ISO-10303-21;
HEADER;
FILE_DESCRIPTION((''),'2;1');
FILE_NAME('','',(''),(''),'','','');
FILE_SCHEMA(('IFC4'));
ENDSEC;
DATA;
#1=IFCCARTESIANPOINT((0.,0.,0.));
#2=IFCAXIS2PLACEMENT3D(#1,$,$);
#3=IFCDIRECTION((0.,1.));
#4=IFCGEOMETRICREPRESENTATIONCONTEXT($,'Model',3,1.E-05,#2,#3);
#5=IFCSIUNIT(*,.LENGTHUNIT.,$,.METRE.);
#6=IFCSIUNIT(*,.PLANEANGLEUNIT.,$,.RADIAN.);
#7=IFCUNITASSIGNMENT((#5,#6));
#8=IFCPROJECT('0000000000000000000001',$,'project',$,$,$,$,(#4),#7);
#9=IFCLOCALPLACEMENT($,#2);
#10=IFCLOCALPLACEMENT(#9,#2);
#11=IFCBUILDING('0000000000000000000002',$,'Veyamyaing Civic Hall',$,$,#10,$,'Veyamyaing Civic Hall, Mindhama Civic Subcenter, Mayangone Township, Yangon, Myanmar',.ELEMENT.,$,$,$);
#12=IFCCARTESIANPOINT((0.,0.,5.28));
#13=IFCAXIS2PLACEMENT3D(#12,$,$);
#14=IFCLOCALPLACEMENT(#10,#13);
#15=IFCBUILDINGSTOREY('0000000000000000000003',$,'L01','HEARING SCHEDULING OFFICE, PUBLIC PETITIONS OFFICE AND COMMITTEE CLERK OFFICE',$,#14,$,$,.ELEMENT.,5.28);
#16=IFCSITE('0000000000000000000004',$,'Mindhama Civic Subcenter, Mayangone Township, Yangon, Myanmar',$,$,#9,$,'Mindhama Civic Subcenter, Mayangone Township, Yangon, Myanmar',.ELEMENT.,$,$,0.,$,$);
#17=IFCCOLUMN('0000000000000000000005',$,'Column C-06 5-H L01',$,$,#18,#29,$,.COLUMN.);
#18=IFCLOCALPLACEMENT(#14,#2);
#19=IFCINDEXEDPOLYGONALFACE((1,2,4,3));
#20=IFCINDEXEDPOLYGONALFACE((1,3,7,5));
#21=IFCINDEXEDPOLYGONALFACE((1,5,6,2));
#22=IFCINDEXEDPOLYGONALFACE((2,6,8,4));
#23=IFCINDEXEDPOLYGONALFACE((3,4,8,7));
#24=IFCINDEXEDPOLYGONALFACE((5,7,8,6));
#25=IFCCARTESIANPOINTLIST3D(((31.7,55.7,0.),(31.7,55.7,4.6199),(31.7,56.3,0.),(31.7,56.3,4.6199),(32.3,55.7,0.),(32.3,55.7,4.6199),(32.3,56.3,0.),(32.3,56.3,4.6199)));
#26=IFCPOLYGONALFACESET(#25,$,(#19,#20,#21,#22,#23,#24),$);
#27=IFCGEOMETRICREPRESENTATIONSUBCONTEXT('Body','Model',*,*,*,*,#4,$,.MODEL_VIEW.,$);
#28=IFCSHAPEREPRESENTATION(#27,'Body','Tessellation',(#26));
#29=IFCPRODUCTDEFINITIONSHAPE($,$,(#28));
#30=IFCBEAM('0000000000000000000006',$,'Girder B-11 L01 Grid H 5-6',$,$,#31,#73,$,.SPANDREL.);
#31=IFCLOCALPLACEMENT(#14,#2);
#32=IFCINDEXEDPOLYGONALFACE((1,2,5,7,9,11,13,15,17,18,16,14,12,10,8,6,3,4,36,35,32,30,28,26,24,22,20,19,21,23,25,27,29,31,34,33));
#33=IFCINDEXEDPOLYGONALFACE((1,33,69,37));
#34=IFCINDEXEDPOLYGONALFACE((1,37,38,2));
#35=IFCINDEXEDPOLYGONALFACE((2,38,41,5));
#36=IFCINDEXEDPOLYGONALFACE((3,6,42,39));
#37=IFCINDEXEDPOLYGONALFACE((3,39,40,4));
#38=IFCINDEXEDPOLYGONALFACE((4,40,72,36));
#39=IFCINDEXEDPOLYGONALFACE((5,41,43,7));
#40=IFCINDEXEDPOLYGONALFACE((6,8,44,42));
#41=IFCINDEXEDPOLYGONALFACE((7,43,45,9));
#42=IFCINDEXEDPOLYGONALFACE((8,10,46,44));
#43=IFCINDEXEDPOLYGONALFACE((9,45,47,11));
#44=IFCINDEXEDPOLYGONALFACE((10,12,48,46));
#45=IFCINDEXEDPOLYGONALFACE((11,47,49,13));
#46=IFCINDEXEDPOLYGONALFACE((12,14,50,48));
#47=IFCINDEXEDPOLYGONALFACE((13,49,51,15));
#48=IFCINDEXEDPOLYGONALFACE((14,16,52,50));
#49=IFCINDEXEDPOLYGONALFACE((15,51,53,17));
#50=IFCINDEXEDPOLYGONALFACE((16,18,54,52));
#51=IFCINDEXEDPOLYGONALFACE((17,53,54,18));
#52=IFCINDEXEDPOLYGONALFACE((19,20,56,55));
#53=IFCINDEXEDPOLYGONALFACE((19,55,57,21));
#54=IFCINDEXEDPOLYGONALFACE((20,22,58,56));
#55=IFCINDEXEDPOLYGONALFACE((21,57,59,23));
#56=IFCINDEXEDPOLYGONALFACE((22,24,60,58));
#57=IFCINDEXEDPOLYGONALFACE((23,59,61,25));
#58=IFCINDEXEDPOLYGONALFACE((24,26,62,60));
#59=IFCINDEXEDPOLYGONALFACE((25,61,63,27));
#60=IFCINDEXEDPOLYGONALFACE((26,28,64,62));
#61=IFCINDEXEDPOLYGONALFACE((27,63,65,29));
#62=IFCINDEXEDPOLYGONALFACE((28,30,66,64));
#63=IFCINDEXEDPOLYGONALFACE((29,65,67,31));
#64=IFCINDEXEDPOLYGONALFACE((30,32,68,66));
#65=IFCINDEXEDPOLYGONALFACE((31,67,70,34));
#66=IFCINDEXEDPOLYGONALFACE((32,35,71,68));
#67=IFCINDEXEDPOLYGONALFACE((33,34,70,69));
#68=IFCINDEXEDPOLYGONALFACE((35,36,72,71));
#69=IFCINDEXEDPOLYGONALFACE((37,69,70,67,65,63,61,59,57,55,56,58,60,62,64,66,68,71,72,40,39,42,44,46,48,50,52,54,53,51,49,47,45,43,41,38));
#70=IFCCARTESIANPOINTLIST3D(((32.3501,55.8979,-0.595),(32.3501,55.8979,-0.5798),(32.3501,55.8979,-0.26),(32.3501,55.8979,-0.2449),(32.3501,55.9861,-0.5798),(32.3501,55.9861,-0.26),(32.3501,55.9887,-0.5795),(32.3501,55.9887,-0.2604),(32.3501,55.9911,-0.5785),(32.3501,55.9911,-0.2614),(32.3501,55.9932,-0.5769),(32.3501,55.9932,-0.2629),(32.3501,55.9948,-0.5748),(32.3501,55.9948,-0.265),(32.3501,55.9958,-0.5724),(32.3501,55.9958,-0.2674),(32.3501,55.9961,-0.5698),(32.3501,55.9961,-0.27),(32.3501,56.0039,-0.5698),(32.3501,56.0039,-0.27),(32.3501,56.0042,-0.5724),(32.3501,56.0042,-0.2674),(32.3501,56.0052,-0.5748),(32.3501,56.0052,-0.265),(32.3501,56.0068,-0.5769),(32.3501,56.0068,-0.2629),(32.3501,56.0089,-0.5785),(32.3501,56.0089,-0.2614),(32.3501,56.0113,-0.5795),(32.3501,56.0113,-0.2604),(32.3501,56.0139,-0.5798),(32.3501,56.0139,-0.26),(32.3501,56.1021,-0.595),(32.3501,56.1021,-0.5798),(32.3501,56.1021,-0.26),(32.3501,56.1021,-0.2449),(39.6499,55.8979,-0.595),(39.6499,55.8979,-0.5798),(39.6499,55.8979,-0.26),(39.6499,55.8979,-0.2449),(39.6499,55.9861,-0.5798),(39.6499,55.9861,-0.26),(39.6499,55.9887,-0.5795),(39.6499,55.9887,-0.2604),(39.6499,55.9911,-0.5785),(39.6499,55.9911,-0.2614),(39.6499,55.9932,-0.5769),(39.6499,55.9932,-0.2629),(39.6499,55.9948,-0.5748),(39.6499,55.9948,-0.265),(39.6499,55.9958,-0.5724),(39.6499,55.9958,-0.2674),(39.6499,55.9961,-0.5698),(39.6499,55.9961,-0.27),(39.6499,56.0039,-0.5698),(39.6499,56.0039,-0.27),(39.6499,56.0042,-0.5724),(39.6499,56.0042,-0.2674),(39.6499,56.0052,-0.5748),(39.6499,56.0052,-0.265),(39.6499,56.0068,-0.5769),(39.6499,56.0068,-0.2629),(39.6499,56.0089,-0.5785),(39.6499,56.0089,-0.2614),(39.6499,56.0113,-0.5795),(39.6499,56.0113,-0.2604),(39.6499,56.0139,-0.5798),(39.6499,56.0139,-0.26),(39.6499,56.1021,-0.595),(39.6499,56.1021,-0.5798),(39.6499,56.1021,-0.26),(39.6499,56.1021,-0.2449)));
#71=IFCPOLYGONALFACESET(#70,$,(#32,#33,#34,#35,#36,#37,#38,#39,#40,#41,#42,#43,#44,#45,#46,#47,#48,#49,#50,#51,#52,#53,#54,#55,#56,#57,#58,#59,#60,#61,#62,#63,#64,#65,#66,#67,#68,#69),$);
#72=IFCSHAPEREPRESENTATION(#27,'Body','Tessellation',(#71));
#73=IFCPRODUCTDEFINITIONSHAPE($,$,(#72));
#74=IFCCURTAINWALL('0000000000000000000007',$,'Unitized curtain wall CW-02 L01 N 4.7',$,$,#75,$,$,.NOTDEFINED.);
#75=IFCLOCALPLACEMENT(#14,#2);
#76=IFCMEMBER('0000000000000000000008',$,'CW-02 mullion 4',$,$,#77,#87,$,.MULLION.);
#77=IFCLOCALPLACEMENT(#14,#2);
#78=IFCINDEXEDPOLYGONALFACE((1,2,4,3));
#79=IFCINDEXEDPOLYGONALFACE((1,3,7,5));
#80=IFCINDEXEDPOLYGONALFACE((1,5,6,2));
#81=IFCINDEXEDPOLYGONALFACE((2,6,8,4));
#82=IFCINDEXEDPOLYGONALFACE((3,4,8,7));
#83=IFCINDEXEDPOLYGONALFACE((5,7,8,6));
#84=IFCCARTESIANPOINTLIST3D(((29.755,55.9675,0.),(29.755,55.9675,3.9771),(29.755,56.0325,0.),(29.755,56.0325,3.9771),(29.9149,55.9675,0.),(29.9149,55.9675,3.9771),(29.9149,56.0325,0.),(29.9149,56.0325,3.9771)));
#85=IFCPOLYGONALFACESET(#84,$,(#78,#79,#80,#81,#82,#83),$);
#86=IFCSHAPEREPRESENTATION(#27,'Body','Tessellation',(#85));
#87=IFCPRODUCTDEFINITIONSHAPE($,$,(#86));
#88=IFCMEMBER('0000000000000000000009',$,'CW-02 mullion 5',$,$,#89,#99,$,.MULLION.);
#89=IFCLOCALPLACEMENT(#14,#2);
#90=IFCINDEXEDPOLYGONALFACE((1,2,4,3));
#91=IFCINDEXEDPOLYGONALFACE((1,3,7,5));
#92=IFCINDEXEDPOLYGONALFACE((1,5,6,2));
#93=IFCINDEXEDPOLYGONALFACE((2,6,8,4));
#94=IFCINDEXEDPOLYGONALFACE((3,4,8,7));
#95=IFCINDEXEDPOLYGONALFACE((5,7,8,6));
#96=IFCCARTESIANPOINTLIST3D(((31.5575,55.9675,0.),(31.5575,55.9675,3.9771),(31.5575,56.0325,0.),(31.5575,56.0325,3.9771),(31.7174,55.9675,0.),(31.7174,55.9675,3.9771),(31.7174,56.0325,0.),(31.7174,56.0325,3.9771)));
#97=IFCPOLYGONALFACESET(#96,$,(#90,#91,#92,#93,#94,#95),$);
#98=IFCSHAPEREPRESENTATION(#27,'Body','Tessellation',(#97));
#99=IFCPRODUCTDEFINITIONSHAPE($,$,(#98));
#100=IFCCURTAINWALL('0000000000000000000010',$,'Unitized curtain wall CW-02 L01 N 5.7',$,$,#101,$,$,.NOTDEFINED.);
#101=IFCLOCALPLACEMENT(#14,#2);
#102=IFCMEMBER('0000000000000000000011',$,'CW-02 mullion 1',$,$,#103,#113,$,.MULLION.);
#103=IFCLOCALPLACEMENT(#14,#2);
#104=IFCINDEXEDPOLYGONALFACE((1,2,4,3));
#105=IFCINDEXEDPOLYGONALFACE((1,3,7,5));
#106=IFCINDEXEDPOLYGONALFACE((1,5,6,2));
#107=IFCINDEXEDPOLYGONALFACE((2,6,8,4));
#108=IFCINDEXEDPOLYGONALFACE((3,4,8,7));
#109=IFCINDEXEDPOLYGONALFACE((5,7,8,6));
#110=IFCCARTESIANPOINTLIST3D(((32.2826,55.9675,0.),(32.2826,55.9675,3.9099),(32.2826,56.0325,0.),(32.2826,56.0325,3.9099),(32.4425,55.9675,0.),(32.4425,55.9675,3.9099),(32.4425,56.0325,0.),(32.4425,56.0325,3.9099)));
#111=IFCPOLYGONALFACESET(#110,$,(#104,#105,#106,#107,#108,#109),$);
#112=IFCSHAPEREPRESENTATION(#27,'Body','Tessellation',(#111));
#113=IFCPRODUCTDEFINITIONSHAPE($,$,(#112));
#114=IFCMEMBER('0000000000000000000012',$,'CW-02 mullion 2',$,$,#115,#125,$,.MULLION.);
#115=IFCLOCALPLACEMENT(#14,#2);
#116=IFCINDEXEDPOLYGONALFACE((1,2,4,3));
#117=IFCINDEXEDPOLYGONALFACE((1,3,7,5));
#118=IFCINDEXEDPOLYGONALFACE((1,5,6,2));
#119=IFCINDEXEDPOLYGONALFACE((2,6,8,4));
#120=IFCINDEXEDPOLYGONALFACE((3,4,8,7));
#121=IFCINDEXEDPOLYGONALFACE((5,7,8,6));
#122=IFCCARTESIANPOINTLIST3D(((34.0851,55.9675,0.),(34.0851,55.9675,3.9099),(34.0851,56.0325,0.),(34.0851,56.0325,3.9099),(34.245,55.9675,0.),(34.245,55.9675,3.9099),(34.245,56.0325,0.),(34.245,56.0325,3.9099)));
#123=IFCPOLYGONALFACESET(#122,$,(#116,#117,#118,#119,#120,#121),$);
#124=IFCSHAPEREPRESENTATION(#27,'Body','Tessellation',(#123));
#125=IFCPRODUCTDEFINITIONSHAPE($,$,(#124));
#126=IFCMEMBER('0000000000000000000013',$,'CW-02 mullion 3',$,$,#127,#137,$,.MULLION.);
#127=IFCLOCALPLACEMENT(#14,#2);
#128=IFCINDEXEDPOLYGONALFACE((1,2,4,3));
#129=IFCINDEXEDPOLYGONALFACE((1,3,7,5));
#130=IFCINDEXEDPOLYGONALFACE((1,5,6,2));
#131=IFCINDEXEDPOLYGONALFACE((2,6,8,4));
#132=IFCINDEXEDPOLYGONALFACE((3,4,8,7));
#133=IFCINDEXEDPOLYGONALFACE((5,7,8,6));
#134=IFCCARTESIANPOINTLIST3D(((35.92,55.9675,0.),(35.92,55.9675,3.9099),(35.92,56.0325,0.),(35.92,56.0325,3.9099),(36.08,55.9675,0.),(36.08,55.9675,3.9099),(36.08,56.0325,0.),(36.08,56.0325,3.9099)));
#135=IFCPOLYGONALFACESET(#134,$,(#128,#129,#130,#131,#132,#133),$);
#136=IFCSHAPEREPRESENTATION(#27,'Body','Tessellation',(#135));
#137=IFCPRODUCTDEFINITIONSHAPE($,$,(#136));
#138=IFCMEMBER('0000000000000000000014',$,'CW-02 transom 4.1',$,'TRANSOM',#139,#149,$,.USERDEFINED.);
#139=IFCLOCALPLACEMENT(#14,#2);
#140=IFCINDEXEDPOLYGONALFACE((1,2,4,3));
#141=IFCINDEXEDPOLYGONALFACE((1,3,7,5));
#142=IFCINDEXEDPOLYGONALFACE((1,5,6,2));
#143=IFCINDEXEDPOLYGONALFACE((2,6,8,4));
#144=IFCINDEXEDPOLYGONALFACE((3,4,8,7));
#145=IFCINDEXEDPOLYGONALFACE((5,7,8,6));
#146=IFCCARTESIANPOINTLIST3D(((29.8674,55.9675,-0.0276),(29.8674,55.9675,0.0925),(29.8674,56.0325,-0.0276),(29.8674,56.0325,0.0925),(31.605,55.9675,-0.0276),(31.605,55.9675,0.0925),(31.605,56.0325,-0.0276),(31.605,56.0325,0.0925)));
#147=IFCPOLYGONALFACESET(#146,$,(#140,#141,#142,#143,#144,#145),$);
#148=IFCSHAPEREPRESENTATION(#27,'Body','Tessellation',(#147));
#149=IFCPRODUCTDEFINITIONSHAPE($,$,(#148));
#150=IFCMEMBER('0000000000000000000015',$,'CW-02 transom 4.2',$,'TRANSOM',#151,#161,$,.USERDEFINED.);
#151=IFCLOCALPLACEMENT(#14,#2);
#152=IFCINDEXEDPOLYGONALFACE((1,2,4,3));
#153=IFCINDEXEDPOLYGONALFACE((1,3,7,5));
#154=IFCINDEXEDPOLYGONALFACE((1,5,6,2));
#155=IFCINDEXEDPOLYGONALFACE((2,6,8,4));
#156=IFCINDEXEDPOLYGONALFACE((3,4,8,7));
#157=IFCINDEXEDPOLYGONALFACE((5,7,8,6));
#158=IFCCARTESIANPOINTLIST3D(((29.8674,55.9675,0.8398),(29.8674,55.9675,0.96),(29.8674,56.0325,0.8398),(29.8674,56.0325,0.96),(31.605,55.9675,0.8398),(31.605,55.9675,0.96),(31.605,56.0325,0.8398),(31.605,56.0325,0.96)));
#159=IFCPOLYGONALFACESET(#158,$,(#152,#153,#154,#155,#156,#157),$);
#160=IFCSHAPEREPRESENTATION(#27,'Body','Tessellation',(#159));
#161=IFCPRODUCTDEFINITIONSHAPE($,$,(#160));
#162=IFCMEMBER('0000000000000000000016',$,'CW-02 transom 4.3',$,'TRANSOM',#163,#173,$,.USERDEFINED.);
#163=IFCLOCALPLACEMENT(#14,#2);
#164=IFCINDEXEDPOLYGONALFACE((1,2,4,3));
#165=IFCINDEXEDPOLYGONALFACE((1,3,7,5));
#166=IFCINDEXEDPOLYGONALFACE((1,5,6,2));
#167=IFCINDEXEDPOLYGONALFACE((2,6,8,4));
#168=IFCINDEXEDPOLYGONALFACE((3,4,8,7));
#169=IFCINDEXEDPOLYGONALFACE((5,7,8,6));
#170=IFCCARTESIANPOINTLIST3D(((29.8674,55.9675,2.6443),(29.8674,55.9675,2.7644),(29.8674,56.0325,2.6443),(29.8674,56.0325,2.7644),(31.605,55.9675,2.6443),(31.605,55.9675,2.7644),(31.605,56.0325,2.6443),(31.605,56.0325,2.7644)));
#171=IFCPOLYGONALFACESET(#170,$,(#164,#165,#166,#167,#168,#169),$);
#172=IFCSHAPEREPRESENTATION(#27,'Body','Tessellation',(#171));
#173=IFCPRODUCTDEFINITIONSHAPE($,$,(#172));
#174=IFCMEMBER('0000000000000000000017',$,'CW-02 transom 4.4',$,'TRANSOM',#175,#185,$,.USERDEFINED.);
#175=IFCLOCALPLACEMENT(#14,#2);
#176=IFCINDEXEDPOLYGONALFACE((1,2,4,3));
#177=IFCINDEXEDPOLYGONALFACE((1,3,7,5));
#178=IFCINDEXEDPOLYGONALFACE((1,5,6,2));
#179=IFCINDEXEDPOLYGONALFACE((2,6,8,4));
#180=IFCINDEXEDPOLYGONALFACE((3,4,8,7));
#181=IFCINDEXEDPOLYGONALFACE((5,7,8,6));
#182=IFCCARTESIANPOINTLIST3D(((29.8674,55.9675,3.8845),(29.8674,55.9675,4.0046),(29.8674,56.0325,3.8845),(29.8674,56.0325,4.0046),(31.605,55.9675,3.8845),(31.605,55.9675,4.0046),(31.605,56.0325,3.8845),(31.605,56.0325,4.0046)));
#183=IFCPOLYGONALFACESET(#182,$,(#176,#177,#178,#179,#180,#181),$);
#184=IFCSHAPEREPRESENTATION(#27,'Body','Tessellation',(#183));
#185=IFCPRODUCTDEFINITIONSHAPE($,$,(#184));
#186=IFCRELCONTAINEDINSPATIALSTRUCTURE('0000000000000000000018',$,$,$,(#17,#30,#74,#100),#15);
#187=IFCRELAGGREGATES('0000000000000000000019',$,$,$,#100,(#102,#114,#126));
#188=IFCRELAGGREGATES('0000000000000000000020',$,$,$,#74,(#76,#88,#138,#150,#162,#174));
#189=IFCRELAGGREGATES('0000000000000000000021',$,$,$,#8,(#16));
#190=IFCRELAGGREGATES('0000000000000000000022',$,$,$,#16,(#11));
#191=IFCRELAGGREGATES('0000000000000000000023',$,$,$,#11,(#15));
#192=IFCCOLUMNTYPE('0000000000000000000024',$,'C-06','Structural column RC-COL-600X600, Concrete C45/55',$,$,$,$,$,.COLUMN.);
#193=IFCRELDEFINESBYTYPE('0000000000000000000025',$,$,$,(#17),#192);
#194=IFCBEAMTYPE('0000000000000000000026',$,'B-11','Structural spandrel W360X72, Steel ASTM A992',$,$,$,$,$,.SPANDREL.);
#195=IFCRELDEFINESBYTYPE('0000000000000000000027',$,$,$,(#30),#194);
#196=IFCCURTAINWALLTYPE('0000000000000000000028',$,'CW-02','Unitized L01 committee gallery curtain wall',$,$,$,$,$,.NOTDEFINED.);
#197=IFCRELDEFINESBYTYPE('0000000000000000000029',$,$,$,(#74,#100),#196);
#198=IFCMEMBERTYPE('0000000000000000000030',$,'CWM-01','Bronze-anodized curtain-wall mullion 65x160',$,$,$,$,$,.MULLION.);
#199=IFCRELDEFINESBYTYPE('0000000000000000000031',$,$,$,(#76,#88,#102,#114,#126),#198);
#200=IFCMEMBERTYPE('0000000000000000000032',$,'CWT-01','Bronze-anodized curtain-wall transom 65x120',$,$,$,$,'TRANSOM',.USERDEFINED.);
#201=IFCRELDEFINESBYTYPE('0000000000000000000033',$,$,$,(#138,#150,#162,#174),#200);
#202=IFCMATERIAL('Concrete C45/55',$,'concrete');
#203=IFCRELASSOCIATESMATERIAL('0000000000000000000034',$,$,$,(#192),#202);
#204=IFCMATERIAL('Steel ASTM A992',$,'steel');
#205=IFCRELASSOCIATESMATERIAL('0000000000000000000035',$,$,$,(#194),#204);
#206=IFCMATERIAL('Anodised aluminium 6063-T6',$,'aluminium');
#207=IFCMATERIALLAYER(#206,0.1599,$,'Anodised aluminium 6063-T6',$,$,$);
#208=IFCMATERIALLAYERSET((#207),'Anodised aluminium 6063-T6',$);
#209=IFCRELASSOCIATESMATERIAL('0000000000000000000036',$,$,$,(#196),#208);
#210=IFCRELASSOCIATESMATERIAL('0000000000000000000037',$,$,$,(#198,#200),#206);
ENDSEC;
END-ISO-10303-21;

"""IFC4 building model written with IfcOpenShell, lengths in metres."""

from ifc_helpers import new_model, si_unit, direction, frame, origin, origin_2d, place, context, subcontext, project, spatial, rectangle, i_section, extrude, material, layer, layer_set, material_profile, profile_set, type_object, element, aggregate, save


model = new_model("IFC4")

# Units and contexts
model_context = context("Model", 3, precision=1e-05, world=origin(), true_north=direction((0.0, 1.0)))
body_context = subcontext(model_context, "Body", "Model", "MODEL_VIEW")
ifc_project = project(units=[si_unit("LENGTHUNIT", "METRE"), si_unit("PLANEANGLEUNIT", "RADIAN")], contexts=[model_context])

# Site, building, storey
site_placement = place(None, origin())
site = spatial("IfcSite", under=ifc_project, at=site_placement, Name="Mindhama Civic Subcenter, Mayangone Township, Yangon, Myanmar", LongName="Mindhama Civic Subcenter, Mayangone Township, Yangon, Myanmar", CompositionType="ELEMENT", RefElevation=0.0)
building_placement = place(site_placement, origin())
building = spatial("IfcBuilding", under=site, at=building_placement, Name="Veyamyaing Civic Hall", LongName="Veyamyaing Civic Hall, Mindhama Civic Subcenter, Mayangone Township, Yangon, Myanmar", CompositionType="ELEMENT")
storey_placement = place(building_placement, frame((0.0, 0.0, 5.28)))
storey = spatial("IfcBuildingStorey", under=building, at=storey_placement, Name="L01", Description="HEARING SCHEDULING OFFICE, PUBLIC PETITIONS OFFICE AND COMMITTEE CLERK OFFICE", CompositionType="ELEMENT", Elevation=5.28)

# Column
ifc_material_1 = material(Name="Concrete C45/55", Category="concrete")
ifc_material_profile_1 = material_profile(ifc_material_1, rectangle(XDim=0.6001, YDim=0.6001, at=origin_2d()), Name="RC-COL-600X600")
ifc_profile_set_1 = profile_set([ifc_material_profile_1], Name="Concrete C45/55")
column_type = type_object("IfcColumnType", Name="C-06", Description="Structural column RC-COL-600X600, Concrete C45/55", PredefinedType="COLUMN", material=ifc_profile_set_1)
column_placement = place(storey_placement, frame((32.0, 56.0, 0.0), z_axis=(0.0, 0.0, 1.0), x_axis=(1.0, 0.0, 0.0)))
element("IfcColumn", 1, at=column_placement, inside=storey, type_object=column_type, Name="Column C-06 5-H L01", PredefinedType="COLUMN", context=body_context, shape_type="SweptSolid", body=[
    extrude(rectangle(XDim=0.6001, YDim=0.6001, at=origin_2d()), origin(), (0.0, 0.0, 1.0), 4.6199),
])

# Beam
ifc_material_2 = material(Name="Steel ASTM A992", Category="steel")
ifc_material_profile_2 = material_profile(ifc_material_2, i_section(OverallWidth=0.2041, OverallDepth=0.3501, WebThickness=0.0078, FlangeThickness=0.0151, FilletRadius=0.01, at=origin_2d()), Name="W360X72")
ifc_profile_set_2 = profile_set([ifc_material_profile_2], Name="Steel ASTM A992")
beam_type_1 = type_object("IfcBeamType", Name="B-11", Description="Structural spandrel W360X72, Steel ASTM A992", PredefinedType="SPANDREL", material=ifc_profile_set_2)
beam_1_placement = place(storey_placement, frame((32.3501, 56.0, -0.4199), z_axis=(1.0, 0.0, 0.0), x_axis=(0.0, 1.0, 0.0)))
element("IfcBeam", 2, at=beam_1_placement, inside=storey, type_object=beam_type_1, Name="Girder B-11 L01 Grid H 5-6", PredefinedType="SPANDREL", context=body_context, shape_type="SweptSolid", body=[
    extrude(i_section(OverallWidth=0.2041, OverallDepth=0.3501, WebThickness=0.0078, FlangeThickness=0.0151, FilletRadius=0.01, at=origin_2d()), origin(), (0.0, 0.0, 1.0), 7.2998),
])

# Curtain walls, members
ifc_material_3 = material(Name="Anodised aluminium 6063-T6", Category="aluminium")
ifc_layer_1 = layer(ifc_material_3, 0.1599, Name="Anodised aluminium 6063-T6")
ifc_layer_set_1 = layer_set([ifc_layer_1], Name="Anodised aluminium 6063-T6")
curtain_wall_type = type_object("IfcCurtainWallType", Name="CW-02", Description="Unitized L01 committee gallery curtain wall", PredefinedType="NOTDEFINED", material=ifc_layer_set_1)
curtain_wall_1_placement = place(storey_placement, origin())
curtain_wall_1 = element("IfcCurtainWall", 3, at=curtain_wall_1_placement, inside=storey, type_object=curtain_wall_type, Name="Unitized curtain wall CW-02 L01 N 4.7", PredefinedType="NOTDEFINED")
ifc_material_profile_3 = material_profile(ifc_material_3, rectangle(XDim=0.0649, YDim=0.1599, at=origin_2d()), Name="ALU-MUL-65X160")
ifc_profile_set_3 = profile_set([ifc_material_profile_3], Name="Anodised aluminium 6063-T6")
member_type_1 = type_object("IfcMemberType", Name="CWM-01", Description="Bronze-anodized curtain-wall mullion 65x160", PredefinedType="MULLION", material=ifc_profile_set_3)
member_1_placement = place(storey_placement, frame((29.835, 56.0, 0.0), z_axis=(0.0, 0.0, 1.0), x_axis=(0.0, 1.0, 0.0)))
member_1 = element("IfcMember", 4, at=member_1_placement, type_object=member_type_1, Name="CW-02 mullion 4", PredefinedType="MULLION", context=body_context, shape_type="SweptSolid", body=[
    extrude(rectangle(XDim=0.0649, YDim=0.1599, at=origin_2d()), origin(), (0.0, 0.0, 1.0), 3.9771),
])
member_2_placement = place(storey_placement, frame((31.6375, 56.0, 0.0), z_axis=(0.0, 0.0, 1.0), x_axis=(0.0, 1.0, 0.0)))
member_2 = element("IfcMember", 5, at=member_2_placement, type_object=member_type_1, Name="CW-02 mullion 5", PredefinedType="MULLION", context=body_context, shape_type="SweptSolid", body=[
    extrude(rectangle(XDim=0.0649, YDim=0.1599, at=origin_2d()), origin(), (0.0, 0.0, 1.0), 3.9771),
])
curtain_wall_2_placement = place(storey_placement, origin())
curtain_wall_2 = element("IfcCurtainWall", 6, at=curtain_wall_2_placement, inside=storey, type_object=curtain_wall_type, Name="Unitized curtain wall CW-02 L01 N 5.7", PredefinedType="NOTDEFINED")
member_3_placement = place(storey_placement, frame((32.3625, 56.0, 0.0), z_axis=(0.0, 0.0, 1.0), x_axis=(0.0, 1.0, 0.0)))
member_3 = element("IfcMember", 7, at=member_3_placement, type_object=member_type_1, Name="CW-02 mullion 1", PredefinedType="MULLION", context=body_context, shape_type="SweptSolid", body=[
    extrude(rectangle(XDim=0.0649, YDim=0.1599, at=origin_2d()), origin(), (0.0, 0.0, 1.0), 3.9099),
])
member_4_placement = place(storey_placement, frame((34.165, 56.0, 0.0), z_axis=(0.0, 0.0, 1.0), x_axis=(0.0, 1.0, 0.0)))
member_4 = element("IfcMember", 8, at=member_4_placement, type_object=member_type_1, Name="CW-02 mullion 2", PredefinedType="MULLION", context=body_context, shape_type="SweptSolid", body=[
    extrude(rectangle(XDim=0.0649, YDim=0.1599, at=origin_2d()), origin(), (0.0, 0.0, 1.0), 3.9099),
])
member_5_placement = place(storey_placement, frame((36.0, 56.0, 0.0), z_axis=(0.0, 0.0, 1.0), x_axis=(0.0, 1.0, 0.0)))
member_5 = element("IfcMember", 9, at=member_5_placement, type_object=member_type_1, Name="CW-02 mullion 3", PredefinedType="MULLION", context=body_context, shape_type="SweptSolid", body=[
    extrude(rectangle(XDim=0.0649, YDim=0.1599, at=origin_2d()), origin(), (0.0, 0.0, 1.0), 3.9099),
])

# Members
ifc_material_profile_4 = material_profile(ifc_material_3, rectangle(XDim=0.0649, YDim=0.1201, at=origin_2d()), Name="ALU-TRN-65X120")
ifc_profile_set_4 = profile_set([ifc_material_profile_4], Name="Anodised aluminium 6063-T6")
member_type_2 = type_object("IfcMemberType", Name="CWT-01", Description="Bronze-anodized curtain-wall transom 65x120", ElementType="TRANSOM", PredefinedType="USERDEFINED", material=ifc_profile_set_4)
member_6_placement = place(storey_placement, frame((29.8674, 56.0, 0.0325), z_axis=(1.0, 0.0, 0.0), x_axis=(0.0, 1.0, 0.0)))
member_6 = element("IfcMember", 10, at=member_6_placement, type_object=member_type_2, Name="CW-02 transom 4.1", ObjectType="TRANSOM", PredefinedType="USERDEFINED", context=body_context, shape_type="SweptSolid", body=[
    extrude(rectangle(XDim=0.0649, YDim=0.1201, at=origin_2d()), origin(), (0.0, 0.0, 1.0), 1.7375),
])
member_7_placement = place(storey_placement, frame((29.8674, 56.0, 0.8999), z_axis=(1.0, 0.0, 0.0), x_axis=(0.0, 1.0, 0.0)))
member_7 = element("IfcMember", 11, at=member_7_placement, type_object=member_type_2, Name="CW-02 transom 4.2", ObjectType="TRANSOM", PredefinedType="USERDEFINED", context=body_context, shape_type="SweptSolid", body=[
    extrude(rectangle(XDim=0.0649, YDim=0.1201, at=origin_2d()), origin(), (0.0, 0.0, 1.0), 1.7375),
])
member_8_placement = place(storey_placement, frame((29.8674, 56.0, 2.7043), z_axis=(1.0, 0.0, 0.0), x_axis=(0.0, 1.0, 0.0)))
member_8 = element("IfcMember", 12, at=member_8_placement, type_object=member_type_2, Name="CW-02 transom 4.3", ObjectType="TRANSOM", PredefinedType="USERDEFINED", context=body_context, shape_type="SweptSolid", body=[
    extrude(rectangle(XDim=0.0649, YDim=0.1201, at=origin_2d()), origin(), (0.0, 0.0, 1.0), 1.7375),
])
member_9_placement = place(storey_placement, frame((29.8674, 56.0, 3.9446), z_axis=(1.0, 0.0, 0.0), x_axis=(0.0, 1.0, 0.0)))
member_9 = element("IfcMember", 13, at=member_9_placement, type_object=member_type_2, Name="CW-02 transom 4.4", ObjectType="TRANSOM", PredefinedType="USERDEFINED", context=body_context, shape_type="SweptSolid", body=[
    extrude(rectangle(XDim=0.0649, YDim=0.1201, at=origin_2d()), origin(), (0.0, 0.0, 1.0), 1.7375),
])

aggregate(curtain_wall_2, [member_3, member_4, member_5])
aggregate(curtain_wall_1, [member_1, member_2, member_6, member_7, member_8, member_9])

save(model, "model.ifc")
